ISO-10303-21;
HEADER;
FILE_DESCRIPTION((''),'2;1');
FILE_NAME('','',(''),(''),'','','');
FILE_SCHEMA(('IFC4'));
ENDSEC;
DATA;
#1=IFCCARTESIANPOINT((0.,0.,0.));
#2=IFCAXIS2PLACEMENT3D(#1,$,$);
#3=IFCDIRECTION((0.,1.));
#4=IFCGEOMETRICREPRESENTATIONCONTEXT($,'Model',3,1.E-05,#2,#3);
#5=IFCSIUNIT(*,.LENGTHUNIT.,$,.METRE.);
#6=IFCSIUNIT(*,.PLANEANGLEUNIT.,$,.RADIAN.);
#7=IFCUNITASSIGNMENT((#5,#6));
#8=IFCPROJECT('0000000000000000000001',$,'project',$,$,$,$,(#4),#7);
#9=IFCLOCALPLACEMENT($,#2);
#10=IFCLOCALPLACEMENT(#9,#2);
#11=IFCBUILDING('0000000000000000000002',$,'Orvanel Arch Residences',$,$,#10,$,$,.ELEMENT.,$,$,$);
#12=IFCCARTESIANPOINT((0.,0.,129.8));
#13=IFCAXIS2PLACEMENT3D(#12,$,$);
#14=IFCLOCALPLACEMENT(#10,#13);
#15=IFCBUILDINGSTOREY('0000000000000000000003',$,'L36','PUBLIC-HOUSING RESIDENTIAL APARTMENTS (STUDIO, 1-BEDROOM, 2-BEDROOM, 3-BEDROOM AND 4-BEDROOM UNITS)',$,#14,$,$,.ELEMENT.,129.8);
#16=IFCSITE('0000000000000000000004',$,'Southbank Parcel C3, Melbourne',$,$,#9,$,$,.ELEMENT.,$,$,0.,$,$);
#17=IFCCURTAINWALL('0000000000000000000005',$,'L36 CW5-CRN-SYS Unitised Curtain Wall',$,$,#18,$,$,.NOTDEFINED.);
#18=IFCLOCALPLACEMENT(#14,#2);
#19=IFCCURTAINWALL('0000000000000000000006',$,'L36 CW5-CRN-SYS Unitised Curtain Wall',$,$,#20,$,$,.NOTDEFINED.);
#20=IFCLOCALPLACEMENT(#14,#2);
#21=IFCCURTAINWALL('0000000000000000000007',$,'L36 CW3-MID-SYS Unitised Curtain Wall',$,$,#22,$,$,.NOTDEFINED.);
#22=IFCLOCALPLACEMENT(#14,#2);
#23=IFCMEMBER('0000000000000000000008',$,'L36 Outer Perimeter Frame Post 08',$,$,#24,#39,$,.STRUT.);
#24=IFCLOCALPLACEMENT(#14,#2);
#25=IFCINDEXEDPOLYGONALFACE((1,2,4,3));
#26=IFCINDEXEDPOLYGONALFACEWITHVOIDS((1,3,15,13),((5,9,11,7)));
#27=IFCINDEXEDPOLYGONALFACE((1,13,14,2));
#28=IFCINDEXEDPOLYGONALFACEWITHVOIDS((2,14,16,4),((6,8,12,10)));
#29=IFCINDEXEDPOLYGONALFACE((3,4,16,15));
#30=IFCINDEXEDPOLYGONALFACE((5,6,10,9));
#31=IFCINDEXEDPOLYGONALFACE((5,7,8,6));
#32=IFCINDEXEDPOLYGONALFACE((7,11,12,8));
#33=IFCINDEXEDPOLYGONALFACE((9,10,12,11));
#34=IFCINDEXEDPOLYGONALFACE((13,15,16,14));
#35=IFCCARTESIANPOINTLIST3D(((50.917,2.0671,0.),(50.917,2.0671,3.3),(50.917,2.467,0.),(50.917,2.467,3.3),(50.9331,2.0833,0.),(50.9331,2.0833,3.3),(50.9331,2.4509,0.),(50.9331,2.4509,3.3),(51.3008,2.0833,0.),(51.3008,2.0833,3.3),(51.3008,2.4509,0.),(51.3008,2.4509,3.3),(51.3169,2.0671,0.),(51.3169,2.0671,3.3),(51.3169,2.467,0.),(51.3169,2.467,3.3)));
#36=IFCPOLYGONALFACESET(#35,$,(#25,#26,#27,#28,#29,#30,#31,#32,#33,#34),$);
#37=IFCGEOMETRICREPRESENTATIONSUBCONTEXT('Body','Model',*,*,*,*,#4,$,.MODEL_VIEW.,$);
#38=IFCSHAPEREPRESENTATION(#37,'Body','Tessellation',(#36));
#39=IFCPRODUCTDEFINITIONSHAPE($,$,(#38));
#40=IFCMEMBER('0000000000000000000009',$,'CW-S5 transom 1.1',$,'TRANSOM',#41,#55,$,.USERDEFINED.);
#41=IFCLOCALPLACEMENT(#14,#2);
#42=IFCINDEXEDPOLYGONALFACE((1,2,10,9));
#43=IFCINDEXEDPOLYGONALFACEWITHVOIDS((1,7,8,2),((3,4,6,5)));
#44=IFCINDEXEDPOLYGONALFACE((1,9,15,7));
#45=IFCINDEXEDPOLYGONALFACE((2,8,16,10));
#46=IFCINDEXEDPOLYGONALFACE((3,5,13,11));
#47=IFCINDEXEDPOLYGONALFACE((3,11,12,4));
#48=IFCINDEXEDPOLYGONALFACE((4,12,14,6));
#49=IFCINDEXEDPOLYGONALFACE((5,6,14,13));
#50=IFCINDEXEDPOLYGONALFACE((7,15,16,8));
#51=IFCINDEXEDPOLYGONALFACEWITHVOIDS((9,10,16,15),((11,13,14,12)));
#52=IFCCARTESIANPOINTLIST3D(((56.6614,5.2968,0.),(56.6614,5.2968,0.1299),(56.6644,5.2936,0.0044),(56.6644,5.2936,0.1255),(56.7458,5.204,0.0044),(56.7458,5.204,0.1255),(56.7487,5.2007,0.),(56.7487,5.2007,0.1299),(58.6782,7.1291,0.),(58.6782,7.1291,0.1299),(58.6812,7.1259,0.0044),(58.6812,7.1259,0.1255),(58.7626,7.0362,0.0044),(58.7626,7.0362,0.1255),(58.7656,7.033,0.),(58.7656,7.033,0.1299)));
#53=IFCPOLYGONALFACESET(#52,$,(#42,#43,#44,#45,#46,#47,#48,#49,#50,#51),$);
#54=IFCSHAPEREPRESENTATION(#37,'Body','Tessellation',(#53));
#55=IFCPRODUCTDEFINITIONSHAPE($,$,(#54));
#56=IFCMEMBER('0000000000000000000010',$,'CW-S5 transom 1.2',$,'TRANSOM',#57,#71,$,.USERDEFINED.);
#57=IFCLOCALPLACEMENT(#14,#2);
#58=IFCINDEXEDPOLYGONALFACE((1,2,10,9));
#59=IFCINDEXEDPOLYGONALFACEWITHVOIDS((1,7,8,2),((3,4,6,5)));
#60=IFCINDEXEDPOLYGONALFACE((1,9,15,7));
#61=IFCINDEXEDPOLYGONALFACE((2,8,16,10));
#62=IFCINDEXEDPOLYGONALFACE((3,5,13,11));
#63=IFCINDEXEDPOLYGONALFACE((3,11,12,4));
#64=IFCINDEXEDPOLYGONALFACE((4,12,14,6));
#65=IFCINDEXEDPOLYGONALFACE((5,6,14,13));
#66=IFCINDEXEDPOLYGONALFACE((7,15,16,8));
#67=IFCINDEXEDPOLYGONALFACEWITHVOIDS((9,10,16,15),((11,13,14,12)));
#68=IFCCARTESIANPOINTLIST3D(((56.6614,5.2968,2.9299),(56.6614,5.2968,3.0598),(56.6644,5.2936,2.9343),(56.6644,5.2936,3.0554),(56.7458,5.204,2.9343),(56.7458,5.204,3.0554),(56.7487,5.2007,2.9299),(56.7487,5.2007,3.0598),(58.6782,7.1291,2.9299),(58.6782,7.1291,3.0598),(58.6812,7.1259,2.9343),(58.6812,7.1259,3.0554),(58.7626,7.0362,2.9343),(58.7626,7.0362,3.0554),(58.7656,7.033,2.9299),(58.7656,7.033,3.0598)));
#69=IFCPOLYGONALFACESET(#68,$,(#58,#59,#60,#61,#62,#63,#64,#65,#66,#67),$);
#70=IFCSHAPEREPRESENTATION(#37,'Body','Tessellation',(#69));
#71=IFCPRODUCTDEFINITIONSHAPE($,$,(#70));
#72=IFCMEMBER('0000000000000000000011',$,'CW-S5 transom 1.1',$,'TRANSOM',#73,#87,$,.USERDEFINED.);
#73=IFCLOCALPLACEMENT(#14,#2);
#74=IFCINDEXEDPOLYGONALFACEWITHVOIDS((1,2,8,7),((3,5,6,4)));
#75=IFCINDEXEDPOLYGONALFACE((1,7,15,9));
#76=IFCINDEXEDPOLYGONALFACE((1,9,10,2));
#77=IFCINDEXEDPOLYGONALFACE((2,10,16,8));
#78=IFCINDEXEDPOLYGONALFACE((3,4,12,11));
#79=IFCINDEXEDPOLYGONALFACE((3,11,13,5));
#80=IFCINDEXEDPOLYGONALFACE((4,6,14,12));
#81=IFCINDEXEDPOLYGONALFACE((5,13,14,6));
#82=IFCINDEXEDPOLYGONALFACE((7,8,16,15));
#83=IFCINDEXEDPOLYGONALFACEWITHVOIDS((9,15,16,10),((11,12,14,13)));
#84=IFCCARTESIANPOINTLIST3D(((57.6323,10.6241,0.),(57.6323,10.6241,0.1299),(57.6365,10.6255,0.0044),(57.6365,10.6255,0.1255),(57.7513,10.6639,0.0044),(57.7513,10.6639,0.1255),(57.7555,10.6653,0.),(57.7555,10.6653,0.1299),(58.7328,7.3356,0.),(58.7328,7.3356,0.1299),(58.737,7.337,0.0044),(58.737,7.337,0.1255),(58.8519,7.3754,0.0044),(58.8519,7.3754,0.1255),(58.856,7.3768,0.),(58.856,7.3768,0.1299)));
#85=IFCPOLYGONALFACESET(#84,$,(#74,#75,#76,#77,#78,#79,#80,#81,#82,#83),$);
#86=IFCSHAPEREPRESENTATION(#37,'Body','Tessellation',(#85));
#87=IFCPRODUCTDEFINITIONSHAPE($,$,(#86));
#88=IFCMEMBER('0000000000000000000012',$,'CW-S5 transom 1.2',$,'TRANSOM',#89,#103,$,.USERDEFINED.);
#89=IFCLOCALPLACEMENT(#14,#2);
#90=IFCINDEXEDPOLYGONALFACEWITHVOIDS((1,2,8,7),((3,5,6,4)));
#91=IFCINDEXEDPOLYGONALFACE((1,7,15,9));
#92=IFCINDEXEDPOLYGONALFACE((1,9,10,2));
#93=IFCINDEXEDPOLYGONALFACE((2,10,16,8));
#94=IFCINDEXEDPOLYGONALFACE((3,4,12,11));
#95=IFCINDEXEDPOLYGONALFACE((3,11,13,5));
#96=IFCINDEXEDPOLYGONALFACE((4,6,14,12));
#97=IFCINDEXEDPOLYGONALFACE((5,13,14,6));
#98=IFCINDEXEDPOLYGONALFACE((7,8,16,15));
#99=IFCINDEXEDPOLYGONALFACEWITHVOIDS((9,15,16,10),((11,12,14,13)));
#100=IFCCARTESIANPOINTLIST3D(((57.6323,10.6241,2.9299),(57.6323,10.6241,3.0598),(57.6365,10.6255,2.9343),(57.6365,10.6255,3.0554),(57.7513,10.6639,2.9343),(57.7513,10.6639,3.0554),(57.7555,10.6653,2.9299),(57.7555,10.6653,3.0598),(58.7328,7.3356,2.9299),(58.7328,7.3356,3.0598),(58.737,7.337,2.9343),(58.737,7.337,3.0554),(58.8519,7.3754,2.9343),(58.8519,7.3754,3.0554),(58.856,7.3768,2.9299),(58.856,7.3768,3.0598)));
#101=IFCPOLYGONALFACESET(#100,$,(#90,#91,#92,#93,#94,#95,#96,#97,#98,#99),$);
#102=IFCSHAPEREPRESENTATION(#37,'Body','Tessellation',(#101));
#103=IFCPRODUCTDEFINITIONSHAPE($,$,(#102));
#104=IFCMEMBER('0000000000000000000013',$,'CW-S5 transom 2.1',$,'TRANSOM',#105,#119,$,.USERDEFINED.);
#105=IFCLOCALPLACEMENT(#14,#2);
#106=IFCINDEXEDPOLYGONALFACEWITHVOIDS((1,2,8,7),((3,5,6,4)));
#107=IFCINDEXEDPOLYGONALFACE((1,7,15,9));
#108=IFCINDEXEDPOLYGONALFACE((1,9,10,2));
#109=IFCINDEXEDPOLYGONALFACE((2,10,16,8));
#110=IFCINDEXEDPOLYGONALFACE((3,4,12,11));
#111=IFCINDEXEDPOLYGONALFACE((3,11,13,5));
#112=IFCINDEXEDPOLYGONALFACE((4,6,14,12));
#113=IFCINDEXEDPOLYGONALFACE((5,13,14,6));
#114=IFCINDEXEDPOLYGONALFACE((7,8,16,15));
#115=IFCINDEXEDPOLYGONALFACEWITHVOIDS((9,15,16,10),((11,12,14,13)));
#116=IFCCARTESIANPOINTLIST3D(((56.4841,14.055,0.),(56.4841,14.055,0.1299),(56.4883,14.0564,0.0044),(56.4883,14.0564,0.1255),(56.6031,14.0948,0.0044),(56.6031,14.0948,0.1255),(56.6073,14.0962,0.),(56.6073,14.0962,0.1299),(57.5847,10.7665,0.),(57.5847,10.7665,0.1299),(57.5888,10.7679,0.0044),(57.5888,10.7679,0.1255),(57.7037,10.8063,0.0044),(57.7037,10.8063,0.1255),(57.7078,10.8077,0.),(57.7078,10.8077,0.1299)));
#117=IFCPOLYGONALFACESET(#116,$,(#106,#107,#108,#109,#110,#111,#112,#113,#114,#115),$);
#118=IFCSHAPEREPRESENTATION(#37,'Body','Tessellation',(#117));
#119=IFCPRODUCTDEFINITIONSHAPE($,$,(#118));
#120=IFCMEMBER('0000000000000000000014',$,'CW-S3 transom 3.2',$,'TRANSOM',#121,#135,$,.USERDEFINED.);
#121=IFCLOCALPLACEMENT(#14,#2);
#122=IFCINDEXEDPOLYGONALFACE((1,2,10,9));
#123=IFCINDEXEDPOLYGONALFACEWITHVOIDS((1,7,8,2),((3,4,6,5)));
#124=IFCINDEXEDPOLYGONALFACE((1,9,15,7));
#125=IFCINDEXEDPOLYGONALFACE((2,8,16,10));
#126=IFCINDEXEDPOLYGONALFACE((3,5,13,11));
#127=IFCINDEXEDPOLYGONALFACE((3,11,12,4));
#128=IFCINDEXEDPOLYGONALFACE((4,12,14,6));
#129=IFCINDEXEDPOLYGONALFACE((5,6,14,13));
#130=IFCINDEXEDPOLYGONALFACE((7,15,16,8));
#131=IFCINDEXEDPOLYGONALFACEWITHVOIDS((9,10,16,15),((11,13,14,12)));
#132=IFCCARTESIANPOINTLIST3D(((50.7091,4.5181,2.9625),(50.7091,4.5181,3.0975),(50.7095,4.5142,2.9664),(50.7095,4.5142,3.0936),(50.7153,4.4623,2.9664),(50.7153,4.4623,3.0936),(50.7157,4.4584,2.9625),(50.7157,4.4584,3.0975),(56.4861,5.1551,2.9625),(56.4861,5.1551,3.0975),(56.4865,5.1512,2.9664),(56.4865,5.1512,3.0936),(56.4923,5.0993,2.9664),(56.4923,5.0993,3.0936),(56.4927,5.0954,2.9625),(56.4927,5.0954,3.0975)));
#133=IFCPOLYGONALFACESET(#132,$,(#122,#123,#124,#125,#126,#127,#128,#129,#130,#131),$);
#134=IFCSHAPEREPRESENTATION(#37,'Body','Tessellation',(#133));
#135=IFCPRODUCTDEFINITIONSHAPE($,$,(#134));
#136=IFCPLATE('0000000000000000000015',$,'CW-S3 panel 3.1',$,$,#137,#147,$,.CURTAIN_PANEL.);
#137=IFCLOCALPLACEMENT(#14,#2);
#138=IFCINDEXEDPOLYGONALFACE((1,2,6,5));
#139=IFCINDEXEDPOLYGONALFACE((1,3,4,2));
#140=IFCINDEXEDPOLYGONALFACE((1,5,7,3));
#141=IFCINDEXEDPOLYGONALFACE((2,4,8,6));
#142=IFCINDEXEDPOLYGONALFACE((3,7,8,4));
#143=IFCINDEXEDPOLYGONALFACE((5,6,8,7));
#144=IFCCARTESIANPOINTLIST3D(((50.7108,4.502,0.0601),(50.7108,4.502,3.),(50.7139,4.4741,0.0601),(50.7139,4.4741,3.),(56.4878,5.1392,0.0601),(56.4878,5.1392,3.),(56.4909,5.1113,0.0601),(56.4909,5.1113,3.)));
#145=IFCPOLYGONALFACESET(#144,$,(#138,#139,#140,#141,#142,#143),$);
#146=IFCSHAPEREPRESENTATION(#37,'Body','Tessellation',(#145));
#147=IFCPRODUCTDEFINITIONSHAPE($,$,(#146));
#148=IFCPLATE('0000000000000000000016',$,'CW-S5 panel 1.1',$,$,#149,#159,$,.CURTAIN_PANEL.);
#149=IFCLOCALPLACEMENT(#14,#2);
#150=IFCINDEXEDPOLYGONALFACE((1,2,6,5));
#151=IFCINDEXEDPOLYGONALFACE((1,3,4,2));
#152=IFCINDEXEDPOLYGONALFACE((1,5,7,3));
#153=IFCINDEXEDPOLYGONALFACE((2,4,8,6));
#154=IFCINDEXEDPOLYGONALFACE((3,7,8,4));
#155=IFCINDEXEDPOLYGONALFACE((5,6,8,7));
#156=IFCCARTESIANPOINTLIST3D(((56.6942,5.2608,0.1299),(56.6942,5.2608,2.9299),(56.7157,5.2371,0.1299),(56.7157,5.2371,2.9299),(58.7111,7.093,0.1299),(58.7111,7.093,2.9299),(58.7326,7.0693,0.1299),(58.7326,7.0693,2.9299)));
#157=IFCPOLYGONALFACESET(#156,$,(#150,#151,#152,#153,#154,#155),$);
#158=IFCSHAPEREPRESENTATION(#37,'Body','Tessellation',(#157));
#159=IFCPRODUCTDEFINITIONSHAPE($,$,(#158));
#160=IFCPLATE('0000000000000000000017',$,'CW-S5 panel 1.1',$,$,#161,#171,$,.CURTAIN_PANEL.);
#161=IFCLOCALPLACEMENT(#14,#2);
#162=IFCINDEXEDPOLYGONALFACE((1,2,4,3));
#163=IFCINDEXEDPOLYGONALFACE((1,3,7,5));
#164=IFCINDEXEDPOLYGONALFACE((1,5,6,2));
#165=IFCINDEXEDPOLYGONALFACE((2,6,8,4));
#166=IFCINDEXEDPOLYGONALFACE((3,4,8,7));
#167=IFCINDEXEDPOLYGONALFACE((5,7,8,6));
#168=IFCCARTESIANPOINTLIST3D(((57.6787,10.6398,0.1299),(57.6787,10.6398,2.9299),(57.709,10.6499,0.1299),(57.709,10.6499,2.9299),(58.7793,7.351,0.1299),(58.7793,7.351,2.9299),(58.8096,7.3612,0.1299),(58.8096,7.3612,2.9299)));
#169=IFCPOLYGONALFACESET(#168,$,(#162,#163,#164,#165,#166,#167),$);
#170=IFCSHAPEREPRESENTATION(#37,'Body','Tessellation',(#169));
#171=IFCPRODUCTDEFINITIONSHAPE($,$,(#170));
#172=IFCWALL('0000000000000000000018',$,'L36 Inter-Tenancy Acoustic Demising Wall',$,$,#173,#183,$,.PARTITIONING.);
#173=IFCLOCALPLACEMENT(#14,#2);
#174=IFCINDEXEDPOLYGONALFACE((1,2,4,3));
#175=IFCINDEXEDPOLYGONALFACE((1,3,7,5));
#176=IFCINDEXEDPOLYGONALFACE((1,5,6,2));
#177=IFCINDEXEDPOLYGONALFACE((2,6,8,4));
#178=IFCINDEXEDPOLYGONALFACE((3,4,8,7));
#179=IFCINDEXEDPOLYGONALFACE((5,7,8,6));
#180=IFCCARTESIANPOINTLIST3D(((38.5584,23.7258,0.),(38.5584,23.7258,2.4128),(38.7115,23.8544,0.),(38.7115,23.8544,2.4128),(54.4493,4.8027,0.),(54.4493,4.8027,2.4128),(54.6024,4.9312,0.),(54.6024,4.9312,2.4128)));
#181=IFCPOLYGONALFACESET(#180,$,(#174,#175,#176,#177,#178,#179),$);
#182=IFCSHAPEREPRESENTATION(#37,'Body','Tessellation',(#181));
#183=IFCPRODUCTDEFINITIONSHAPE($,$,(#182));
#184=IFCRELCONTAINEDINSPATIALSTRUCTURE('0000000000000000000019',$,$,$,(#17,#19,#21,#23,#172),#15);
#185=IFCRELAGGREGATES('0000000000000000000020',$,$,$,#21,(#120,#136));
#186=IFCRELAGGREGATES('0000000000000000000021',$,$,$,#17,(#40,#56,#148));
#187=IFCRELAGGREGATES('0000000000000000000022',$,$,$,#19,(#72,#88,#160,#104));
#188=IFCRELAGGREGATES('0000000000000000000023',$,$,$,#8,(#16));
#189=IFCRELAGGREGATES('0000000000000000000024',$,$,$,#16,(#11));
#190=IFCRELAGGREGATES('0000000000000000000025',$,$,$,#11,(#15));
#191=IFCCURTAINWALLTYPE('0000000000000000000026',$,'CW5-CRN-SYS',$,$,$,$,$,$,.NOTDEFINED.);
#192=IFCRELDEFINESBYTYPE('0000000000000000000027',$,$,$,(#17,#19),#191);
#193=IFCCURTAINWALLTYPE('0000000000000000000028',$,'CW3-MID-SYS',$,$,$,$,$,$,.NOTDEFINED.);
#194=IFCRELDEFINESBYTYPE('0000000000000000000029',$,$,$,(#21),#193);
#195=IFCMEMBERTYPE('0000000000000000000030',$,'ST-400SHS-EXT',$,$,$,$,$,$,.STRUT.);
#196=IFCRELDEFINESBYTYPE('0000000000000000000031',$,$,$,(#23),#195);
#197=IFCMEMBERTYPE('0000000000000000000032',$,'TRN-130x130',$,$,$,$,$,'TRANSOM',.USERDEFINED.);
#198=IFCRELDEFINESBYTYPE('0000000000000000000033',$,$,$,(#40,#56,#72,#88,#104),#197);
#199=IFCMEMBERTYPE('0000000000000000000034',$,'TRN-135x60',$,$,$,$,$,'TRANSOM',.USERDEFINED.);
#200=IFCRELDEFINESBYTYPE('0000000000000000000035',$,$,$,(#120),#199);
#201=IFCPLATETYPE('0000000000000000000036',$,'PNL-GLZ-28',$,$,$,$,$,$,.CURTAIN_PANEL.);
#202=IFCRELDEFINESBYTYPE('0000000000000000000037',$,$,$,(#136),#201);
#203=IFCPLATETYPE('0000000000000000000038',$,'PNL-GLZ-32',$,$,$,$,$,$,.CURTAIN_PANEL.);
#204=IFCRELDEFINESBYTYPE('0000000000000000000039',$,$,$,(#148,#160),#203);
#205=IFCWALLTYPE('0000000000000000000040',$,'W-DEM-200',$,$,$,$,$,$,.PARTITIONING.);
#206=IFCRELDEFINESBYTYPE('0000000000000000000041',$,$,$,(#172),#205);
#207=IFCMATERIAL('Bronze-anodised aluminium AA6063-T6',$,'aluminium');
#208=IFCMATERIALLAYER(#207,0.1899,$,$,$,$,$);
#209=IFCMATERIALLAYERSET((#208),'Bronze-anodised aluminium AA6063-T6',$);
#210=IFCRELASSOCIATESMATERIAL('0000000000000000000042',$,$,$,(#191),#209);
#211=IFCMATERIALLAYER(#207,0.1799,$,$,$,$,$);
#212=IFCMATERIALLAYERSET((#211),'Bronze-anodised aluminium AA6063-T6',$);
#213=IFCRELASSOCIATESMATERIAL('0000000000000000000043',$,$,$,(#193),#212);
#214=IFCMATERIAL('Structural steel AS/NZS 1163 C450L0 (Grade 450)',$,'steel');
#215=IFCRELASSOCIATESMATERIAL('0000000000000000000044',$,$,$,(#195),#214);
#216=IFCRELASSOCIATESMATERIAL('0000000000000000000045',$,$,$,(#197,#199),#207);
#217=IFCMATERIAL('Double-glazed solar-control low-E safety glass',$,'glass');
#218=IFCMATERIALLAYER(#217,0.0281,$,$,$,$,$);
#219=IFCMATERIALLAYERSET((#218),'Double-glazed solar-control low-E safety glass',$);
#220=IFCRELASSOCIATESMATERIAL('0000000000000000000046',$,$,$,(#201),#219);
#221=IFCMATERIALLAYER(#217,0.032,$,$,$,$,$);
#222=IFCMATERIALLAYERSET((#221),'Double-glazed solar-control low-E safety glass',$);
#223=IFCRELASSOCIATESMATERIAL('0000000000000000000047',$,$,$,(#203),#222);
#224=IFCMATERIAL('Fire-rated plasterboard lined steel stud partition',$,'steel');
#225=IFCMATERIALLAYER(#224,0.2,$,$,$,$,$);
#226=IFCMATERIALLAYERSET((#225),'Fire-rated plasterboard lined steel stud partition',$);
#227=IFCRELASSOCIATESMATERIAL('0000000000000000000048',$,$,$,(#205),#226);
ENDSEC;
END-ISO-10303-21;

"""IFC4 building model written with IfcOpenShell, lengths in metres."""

from ifc_helpers import new_model, si_unit, direction, frame, frame_2d, origin, origin_2d, place, context, subcontext, project, spatial, rectangle, hollow_rectangle, extrude, material, layer, layer_set, material_profile, profile_set, type_object, element, aggregate, save


model = new_model("IFC4")

# Units and contexts
model_context = context("Model", 3, precision=1e-05, world=origin(), true_north=direction((0.0, 1.0)))
body_context = subcontext(model_context, "Body", "Model", "MODEL_VIEW")
ifc_project = project(units=[si_unit("LENGTHUNIT", "METRE"), si_unit("PLANEANGLEUNIT", "RADIAN")], contexts=[model_context])

# Site, building, storey
site_placement = place(None, origin())
site = spatial("IfcSite", under=ifc_project, at=site_placement, Name="Southbank Parcel C3, Melbourne", CompositionType="ELEMENT", RefElevation=0.0)
building_placement = place(site_placement, origin())
building = spatial("IfcBuilding", under=site, at=building_placement, Name="Orvanel Arch Residences", CompositionType="ELEMENT")
storey_placement = place(building_placement, frame((0.0, 0.0, 129.8)))
storey = spatial("IfcBuildingStorey", under=building, at=storey_placement, Name="L36", Description="PUBLIC-HOUSING RESIDENTIAL APARTMENTS (STUDIO, 1-BEDROOM, 2-BEDROOM, 3-BEDROOM AND 4-BEDROOM UNITS)", CompositionType="ELEMENT", Elevation=129.8)

# Curtain walls
ifc_material_1 = material(Name="Bronze-anodised aluminium AA6063-T6", Category="aluminium")
ifc_layer_1 = layer(ifc_material_1, 0.1899)
ifc_layer_set_1 = layer_set([ifc_layer_1], Name="Bronze-anodised aluminium AA6063-T6")
curtain_wall_type_1 = type_object("IfcCurtainWallType", Name="CW5-CRN-SYS", PredefinedType="NOTDEFINED", material=ifc_layer_set_1)
curtain_wall_1_placement = place(storey_placement, origin())
curtain_wall_1 = element("IfcCurtainWall", 1, at=curtain_wall_1_placement, inside=storey, type_object=curtain_wall_type_1, Name="L36 CW5-CRN-SYS Unitised Curtain Wall", PredefinedType="NOTDEFINED")
curtain_wall_2_placement = place(storey_placement, origin())
curtain_wall_2 = element("IfcCurtainWall", 2, at=curtain_wall_2_placement, inside=storey, type_object=curtain_wall_type_1, Name="L36 CW5-CRN-SYS Unitised Curtain Wall", PredefinedType="NOTDEFINED")

# Curtain wall
ifc_layer_2 = layer(ifc_material_1, 0.1799)
ifc_layer_set_2 = layer_set([ifc_layer_2], Name="Bronze-anodised aluminium AA6063-T6")
curtain_wall_type_2 = type_object("IfcCurtainWallType", Name="CW3-MID-SYS", PredefinedType="NOTDEFINED", material=ifc_layer_set_2)
curtain_wall_3_placement = place(storey_placement, origin())
curtain_wall_3 = element("IfcCurtainWall", 3, at=curtain_wall_3_placement, inside=storey, type_object=curtain_wall_type_2, Name="L36 CW3-MID-SYS Unitised Curtain Wall", PredefinedType="NOTDEFINED")

# Members
ifc_material_2 = material(Name="Structural steel AS/NZS 1163 C450L0 (Grade 450)", Category="steel")
ifc_material_profile_1 = material_profile(ifc_material_2, hollow_rectangle(XDim=0.3999, YDim=0.3999, WallThickness=0.0161, at=origin_2d()), Name="SHS400x400x16")
ifc_profile_set_1 = profile_set([ifc_material_profile_1], Name="Structural steel AS/NZS 1163 C450L0 (Grade 450)")
member_type_1 = type_object("IfcMemberType", Name="ST-400SHS-EXT", PredefinedType="STRUT", material=ifc_profile_set_1)
member_1_placement = place(storey_placement, frame((51.1169, 2.2671, 0.0), z_axis=(0.0, 0.0, 1.0), x_axis=(1.0, 0.0, 0.0)))
element("IfcMember", 4, at=member_1_placement, inside=storey, type_object=member_type_1, Name="L36 Outer Perimeter Frame Post 08", PredefinedType="STRUT", context=body_context, shape_type="SweptSolid", body=[
    extrude(hollow_rectangle(XDim=0.3999, YDim=0.3999, WallThickness=0.0161, at=origin_2d()), origin(), (0.0, 0.0, 1.0), 3.3),
])
ifc_material_profile_2 = material_profile(ifc_material_1, hollow_rectangle(XDim=0.1299, YDim=0.1299, WallThickness=0.0044, at=origin_2d()), Name="ALU130x130x4.5")
ifc_profile_set_2 = profile_set([ifc_material_profile_2], Name="Bronze-anodised aluminium AA6063-T6")
member_type_2 = type_object("IfcMemberType", Name="TRN-130x130", ElementType="TRANSOM", PredefinedType="USERDEFINED", material=ifc_profile_set_2)
member_2_placement = place(storey_placement, frame((56.7051, 5.2488, 0.0649), z_axis=(0.740163, 0.672427, 0.0), x_axis=(-0.672427, 0.740163, 0.0)))
member_2 = element("IfcMember", 5, at=member_2_placement, type_object=member_type_2, Name="CW-S5 transom 1.1", ObjectType="TRANSOM", PredefinedType="USERDEFINED", context=body_context, shape_type="SweptSolid", body=[
    extrude(hollow_rectangle(XDim=0.1299, YDim=0.1299, WallThickness=0.0044, at=origin_2d()), origin(), (0.0, 0.0, 1.0), 2.7249),
])
member_3_placement = place(storey_placement, frame((56.7051, 5.2488, 2.9949), z_axis=(0.740163, 0.672427, 0.0), x_axis=(-0.672427, 0.740163, 0.0)))
member_3 = element("IfcMember", 6, at=member_3_placement, type_object=member_type_2, Name="CW-S5 transom 1.2", ObjectType="TRANSOM", PredefinedType="USERDEFINED", context=body_context, shape_type="SweptSolid", body=[
    extrude(hollow_rectangle(XDim=0.1299, YDim=0.1299, WallThickness=0.0044, at=origin_2d()), origin(), (0.0, 0.0, 1.0), 2.7249),
])
member_4_placement = place(storey_placement, frame((58.7944, 7.3562, 0.0649), z_axis=(-0.317368, 0.948302, 0.0), x_axis=(-0.948302, -0.317368, 0.0)))
member_4 = element("IfcMember", 7, at=member_4_placement, type_object=member_type_2, Name="CW-S5 transom 1.1", ObjectType="TRANSOM", PredefinedType="USERDEFINED", context=body_context, shape_type="SweptSolid", body=[
    extrude(hollow_rectangle(XDim=0.1299, YDim=0.1299, WallThickness=0.0044, at=origin_2d()), origin(), (0.0, 0.0, 1.0), 3.4678),
])
member_5_placement = place(storey_placement, frame((58.7944, 7.3562, 2.9949), z_axis=(-0.317368, 0.948302, 0.0), x_axis=(-0.948302, -0.317368, 0.0)))
member_5 = element("IfcMember", 8, at=member_5_placement, type_object=member_type_2, Name="CW-S5 transom 1.2", ObjectType="TRANSOM", PredefinedType="USERDEFINED", context=body_context, shape_type="SweptSolid", body=[
    extrude(hollow_rectangle(XDim=0.1299, YDim=0.1299, WallThickness=0.0044, at=origin_2d()), origin(), (0.0, 0.0, 1.0), 3.4678),
])
member_6_placement = place(storey_placement, frame((57.6462, 10.7871, 0.0649), z_axis=(-0.317368, 0.948302, 0.0), x_axis=(-0.948302, -0.317368, 0.0)))
member_6 = element("IfcMember", 9, at=member_6_placement, type_object=member_type_2, Name="CW-S5 transom 2.1", ObjectType="TRANSOM", PredefinedType="USERDEFINED", context=body_context, shape_type="SweptSolid", body=[
    extrude(hollow_rectangle(XDim=0.1299, YDim=0.1299, WallThickness=0.0044, at=origin_2d()), origin(), (0.0, 0.0, 1.0), 3.4678),
])
ifc_material_profile_3 = material_profile(ifc_material_1, hollow_rectangle(XDim=0.0601, YDim=0.135, WallThickness=0.0039, at=origin_2d()), Name="ALU135x60x4")
ifc_profile_set_3 = profile_set([ifc_material_profile_3], Name="Bronze-anodised aluminium AA6063-T6")
member_type_3 = type_object("IfcMemberType", Name="TRN-135x60", ElementType="TRANSOM", PredefinedType="USERDEFINED", material=ifc_profile_set_3)
member_7_placement = place(storey_placement, frame((50.7124, 4.4883, 3.03), z_axis=(0.993977, 0.109592, 0.0), x_axis=(-0.109592, 0.993977, 0.0)))
member_7 = element("IfcMember", 10, at=member_7_placement, type_object=member_type_3, Name="CW-S3 transom 3.2", ObjectType="TRANSOM", PredefinedType="USERDEFINED", context=body_context, shape_type="SweptSolid", body=[
    extrude(hollow_rectangle(XDim=0.0601, YDim=0.135, WallThickness=0.0039, at=origin_2d()), origin(), (0.0, 0.0, 1.0), 5.812),
])

# Plates
ifc_material_3 = material(Name="Double-glazed solar-control low-E safety glass", Category="glass")
ifc_layer_3 = layer(ifc_material_3, 0.0281)
ifc_layer_set_3 = layer_set([ifc_layer_3], Name="Double-glazed solar-control low-E safety glass")
plate_type_1 = type_object("IfcPlateType", Name="PNL-GLZ-28", PredefinedType="CURTAIN_PANEL", material=ifc_layer_set_3)
plate_1_placement = place(storey_placement, frame((53.6008, 4.8066, 0.0601), z_axis=(0.0, 0.0, 1.0), x_axis=(0.993973, 0.109628, 0.0)))
plate_1 = element("IfcPlate", 11, at=plate_1_placement, type_object=plate_type_1, Name="CW-S3 panel 3.1", PredefinedType="CURTAIN_PANEL", context=body_context, shape_type="SweptSolid", body=[
    extrude(rectangle(XDim=5.812, YDim=0.0281, at=origin_2d()), origin(), (0.0, 0.0, 1.0), 2.9399),
])
aggregate(curtain_wall_3, [member_7, plate_1])
ifc_layer_4 = layer(ifc_material_3, 0.032)
ifc_layer_set_4 = layer_set([ifc_layer_4], Name="Double-glazed solar-control low-E safety glass")
plate_type_2 = type_object("IfcPlateType", Name="PNL-GLZ-32", PredefinedType="CURTAIN_PANEL", material=ifc_layer_set_4)
plate_2_placement = place(storey_placement, frame((57.7134, 6.165, 0.1299), z_axis=(0.0, 0.0, 1.0), x_axis=(0.740179, 0.672409, 0.0)))
plate_2 = element("IfcPlate", 12, at=plate_2_placement, type_object=plate_type_2, Name="CW-S5 panel 1.1", PredefinedType="CURTAIN_PANEL", context=body_context, shape_type="SweptSolid", body=[
    extrude(rectangle(XDim=2.7249, YDim=0.032, at=origin_2d()), origin(), (0.0, 0.0, 1.0), 2.8),
])
aggregate(curtain_wall_1, [member_2, member_3, plate_2])
plate_3_placement = place(storey_placement, frame((58.2441, 9.0005, 0.1299), z_axis=(0.0, 0.0, 1.0), x_axis=(-0.317365, 0.948304, 0.0)))
plate_3 = element("IfcPlate", 13, at=plate_3_placement, type_object=plate_type_2, Name="CW-S5 panel 1.1", PredefinedType="CURTAIN_PANEL", context=body_context, shape_type="SweptSolid", body=[
    extrude(rectangle(XDim=3.468, YDim=0.032, at=origin_2d()), origin(), (0.0, 0.0, 1.0), 2.8),
])
aggregate(curtain_wall_2, [member_4, member_5, plate_3, member_6])

# Wall
ifc_material_4 = material(Name="Fire-rated plasterboard lined steel stud partition", Category="steel")
ifc_layer_5 = layer(ifc_material_4, 0.2)
ifc_layer_set_5 = layer_set([ifc_layer_5], Name="Fire-rated plasterboard lined steel stud partition")
wall_type = type_object("IfcWallType", Name="W-DEM-200", PredefinedType="PARTITIONING", material=ifc_layer_set_5)
wall_placement = place(storey_placement, frame((54.5259, 4.8669, 0.0), z_axis=(0.0, 0.0, 1.0), x_axis=(-0.643085, 0.765795, 0.0)))
element("IfcWall", 14, at=wall_placement, inside=storey, type_object=wall_type, Name="L36 Inter-Tenancy Acoustic Demising Wall", PredefinedType="PARTITIONING", context=body_context, shape_type="SweptSolid", body=[
    extrude(rectangle(XDim=24.7104, YDim=0.2, at=frame_2d((12.3552, 0.0))), origin(), (0.0, 0.0, 1.0), 2.4128),
])

save(model, "model.ifc")
